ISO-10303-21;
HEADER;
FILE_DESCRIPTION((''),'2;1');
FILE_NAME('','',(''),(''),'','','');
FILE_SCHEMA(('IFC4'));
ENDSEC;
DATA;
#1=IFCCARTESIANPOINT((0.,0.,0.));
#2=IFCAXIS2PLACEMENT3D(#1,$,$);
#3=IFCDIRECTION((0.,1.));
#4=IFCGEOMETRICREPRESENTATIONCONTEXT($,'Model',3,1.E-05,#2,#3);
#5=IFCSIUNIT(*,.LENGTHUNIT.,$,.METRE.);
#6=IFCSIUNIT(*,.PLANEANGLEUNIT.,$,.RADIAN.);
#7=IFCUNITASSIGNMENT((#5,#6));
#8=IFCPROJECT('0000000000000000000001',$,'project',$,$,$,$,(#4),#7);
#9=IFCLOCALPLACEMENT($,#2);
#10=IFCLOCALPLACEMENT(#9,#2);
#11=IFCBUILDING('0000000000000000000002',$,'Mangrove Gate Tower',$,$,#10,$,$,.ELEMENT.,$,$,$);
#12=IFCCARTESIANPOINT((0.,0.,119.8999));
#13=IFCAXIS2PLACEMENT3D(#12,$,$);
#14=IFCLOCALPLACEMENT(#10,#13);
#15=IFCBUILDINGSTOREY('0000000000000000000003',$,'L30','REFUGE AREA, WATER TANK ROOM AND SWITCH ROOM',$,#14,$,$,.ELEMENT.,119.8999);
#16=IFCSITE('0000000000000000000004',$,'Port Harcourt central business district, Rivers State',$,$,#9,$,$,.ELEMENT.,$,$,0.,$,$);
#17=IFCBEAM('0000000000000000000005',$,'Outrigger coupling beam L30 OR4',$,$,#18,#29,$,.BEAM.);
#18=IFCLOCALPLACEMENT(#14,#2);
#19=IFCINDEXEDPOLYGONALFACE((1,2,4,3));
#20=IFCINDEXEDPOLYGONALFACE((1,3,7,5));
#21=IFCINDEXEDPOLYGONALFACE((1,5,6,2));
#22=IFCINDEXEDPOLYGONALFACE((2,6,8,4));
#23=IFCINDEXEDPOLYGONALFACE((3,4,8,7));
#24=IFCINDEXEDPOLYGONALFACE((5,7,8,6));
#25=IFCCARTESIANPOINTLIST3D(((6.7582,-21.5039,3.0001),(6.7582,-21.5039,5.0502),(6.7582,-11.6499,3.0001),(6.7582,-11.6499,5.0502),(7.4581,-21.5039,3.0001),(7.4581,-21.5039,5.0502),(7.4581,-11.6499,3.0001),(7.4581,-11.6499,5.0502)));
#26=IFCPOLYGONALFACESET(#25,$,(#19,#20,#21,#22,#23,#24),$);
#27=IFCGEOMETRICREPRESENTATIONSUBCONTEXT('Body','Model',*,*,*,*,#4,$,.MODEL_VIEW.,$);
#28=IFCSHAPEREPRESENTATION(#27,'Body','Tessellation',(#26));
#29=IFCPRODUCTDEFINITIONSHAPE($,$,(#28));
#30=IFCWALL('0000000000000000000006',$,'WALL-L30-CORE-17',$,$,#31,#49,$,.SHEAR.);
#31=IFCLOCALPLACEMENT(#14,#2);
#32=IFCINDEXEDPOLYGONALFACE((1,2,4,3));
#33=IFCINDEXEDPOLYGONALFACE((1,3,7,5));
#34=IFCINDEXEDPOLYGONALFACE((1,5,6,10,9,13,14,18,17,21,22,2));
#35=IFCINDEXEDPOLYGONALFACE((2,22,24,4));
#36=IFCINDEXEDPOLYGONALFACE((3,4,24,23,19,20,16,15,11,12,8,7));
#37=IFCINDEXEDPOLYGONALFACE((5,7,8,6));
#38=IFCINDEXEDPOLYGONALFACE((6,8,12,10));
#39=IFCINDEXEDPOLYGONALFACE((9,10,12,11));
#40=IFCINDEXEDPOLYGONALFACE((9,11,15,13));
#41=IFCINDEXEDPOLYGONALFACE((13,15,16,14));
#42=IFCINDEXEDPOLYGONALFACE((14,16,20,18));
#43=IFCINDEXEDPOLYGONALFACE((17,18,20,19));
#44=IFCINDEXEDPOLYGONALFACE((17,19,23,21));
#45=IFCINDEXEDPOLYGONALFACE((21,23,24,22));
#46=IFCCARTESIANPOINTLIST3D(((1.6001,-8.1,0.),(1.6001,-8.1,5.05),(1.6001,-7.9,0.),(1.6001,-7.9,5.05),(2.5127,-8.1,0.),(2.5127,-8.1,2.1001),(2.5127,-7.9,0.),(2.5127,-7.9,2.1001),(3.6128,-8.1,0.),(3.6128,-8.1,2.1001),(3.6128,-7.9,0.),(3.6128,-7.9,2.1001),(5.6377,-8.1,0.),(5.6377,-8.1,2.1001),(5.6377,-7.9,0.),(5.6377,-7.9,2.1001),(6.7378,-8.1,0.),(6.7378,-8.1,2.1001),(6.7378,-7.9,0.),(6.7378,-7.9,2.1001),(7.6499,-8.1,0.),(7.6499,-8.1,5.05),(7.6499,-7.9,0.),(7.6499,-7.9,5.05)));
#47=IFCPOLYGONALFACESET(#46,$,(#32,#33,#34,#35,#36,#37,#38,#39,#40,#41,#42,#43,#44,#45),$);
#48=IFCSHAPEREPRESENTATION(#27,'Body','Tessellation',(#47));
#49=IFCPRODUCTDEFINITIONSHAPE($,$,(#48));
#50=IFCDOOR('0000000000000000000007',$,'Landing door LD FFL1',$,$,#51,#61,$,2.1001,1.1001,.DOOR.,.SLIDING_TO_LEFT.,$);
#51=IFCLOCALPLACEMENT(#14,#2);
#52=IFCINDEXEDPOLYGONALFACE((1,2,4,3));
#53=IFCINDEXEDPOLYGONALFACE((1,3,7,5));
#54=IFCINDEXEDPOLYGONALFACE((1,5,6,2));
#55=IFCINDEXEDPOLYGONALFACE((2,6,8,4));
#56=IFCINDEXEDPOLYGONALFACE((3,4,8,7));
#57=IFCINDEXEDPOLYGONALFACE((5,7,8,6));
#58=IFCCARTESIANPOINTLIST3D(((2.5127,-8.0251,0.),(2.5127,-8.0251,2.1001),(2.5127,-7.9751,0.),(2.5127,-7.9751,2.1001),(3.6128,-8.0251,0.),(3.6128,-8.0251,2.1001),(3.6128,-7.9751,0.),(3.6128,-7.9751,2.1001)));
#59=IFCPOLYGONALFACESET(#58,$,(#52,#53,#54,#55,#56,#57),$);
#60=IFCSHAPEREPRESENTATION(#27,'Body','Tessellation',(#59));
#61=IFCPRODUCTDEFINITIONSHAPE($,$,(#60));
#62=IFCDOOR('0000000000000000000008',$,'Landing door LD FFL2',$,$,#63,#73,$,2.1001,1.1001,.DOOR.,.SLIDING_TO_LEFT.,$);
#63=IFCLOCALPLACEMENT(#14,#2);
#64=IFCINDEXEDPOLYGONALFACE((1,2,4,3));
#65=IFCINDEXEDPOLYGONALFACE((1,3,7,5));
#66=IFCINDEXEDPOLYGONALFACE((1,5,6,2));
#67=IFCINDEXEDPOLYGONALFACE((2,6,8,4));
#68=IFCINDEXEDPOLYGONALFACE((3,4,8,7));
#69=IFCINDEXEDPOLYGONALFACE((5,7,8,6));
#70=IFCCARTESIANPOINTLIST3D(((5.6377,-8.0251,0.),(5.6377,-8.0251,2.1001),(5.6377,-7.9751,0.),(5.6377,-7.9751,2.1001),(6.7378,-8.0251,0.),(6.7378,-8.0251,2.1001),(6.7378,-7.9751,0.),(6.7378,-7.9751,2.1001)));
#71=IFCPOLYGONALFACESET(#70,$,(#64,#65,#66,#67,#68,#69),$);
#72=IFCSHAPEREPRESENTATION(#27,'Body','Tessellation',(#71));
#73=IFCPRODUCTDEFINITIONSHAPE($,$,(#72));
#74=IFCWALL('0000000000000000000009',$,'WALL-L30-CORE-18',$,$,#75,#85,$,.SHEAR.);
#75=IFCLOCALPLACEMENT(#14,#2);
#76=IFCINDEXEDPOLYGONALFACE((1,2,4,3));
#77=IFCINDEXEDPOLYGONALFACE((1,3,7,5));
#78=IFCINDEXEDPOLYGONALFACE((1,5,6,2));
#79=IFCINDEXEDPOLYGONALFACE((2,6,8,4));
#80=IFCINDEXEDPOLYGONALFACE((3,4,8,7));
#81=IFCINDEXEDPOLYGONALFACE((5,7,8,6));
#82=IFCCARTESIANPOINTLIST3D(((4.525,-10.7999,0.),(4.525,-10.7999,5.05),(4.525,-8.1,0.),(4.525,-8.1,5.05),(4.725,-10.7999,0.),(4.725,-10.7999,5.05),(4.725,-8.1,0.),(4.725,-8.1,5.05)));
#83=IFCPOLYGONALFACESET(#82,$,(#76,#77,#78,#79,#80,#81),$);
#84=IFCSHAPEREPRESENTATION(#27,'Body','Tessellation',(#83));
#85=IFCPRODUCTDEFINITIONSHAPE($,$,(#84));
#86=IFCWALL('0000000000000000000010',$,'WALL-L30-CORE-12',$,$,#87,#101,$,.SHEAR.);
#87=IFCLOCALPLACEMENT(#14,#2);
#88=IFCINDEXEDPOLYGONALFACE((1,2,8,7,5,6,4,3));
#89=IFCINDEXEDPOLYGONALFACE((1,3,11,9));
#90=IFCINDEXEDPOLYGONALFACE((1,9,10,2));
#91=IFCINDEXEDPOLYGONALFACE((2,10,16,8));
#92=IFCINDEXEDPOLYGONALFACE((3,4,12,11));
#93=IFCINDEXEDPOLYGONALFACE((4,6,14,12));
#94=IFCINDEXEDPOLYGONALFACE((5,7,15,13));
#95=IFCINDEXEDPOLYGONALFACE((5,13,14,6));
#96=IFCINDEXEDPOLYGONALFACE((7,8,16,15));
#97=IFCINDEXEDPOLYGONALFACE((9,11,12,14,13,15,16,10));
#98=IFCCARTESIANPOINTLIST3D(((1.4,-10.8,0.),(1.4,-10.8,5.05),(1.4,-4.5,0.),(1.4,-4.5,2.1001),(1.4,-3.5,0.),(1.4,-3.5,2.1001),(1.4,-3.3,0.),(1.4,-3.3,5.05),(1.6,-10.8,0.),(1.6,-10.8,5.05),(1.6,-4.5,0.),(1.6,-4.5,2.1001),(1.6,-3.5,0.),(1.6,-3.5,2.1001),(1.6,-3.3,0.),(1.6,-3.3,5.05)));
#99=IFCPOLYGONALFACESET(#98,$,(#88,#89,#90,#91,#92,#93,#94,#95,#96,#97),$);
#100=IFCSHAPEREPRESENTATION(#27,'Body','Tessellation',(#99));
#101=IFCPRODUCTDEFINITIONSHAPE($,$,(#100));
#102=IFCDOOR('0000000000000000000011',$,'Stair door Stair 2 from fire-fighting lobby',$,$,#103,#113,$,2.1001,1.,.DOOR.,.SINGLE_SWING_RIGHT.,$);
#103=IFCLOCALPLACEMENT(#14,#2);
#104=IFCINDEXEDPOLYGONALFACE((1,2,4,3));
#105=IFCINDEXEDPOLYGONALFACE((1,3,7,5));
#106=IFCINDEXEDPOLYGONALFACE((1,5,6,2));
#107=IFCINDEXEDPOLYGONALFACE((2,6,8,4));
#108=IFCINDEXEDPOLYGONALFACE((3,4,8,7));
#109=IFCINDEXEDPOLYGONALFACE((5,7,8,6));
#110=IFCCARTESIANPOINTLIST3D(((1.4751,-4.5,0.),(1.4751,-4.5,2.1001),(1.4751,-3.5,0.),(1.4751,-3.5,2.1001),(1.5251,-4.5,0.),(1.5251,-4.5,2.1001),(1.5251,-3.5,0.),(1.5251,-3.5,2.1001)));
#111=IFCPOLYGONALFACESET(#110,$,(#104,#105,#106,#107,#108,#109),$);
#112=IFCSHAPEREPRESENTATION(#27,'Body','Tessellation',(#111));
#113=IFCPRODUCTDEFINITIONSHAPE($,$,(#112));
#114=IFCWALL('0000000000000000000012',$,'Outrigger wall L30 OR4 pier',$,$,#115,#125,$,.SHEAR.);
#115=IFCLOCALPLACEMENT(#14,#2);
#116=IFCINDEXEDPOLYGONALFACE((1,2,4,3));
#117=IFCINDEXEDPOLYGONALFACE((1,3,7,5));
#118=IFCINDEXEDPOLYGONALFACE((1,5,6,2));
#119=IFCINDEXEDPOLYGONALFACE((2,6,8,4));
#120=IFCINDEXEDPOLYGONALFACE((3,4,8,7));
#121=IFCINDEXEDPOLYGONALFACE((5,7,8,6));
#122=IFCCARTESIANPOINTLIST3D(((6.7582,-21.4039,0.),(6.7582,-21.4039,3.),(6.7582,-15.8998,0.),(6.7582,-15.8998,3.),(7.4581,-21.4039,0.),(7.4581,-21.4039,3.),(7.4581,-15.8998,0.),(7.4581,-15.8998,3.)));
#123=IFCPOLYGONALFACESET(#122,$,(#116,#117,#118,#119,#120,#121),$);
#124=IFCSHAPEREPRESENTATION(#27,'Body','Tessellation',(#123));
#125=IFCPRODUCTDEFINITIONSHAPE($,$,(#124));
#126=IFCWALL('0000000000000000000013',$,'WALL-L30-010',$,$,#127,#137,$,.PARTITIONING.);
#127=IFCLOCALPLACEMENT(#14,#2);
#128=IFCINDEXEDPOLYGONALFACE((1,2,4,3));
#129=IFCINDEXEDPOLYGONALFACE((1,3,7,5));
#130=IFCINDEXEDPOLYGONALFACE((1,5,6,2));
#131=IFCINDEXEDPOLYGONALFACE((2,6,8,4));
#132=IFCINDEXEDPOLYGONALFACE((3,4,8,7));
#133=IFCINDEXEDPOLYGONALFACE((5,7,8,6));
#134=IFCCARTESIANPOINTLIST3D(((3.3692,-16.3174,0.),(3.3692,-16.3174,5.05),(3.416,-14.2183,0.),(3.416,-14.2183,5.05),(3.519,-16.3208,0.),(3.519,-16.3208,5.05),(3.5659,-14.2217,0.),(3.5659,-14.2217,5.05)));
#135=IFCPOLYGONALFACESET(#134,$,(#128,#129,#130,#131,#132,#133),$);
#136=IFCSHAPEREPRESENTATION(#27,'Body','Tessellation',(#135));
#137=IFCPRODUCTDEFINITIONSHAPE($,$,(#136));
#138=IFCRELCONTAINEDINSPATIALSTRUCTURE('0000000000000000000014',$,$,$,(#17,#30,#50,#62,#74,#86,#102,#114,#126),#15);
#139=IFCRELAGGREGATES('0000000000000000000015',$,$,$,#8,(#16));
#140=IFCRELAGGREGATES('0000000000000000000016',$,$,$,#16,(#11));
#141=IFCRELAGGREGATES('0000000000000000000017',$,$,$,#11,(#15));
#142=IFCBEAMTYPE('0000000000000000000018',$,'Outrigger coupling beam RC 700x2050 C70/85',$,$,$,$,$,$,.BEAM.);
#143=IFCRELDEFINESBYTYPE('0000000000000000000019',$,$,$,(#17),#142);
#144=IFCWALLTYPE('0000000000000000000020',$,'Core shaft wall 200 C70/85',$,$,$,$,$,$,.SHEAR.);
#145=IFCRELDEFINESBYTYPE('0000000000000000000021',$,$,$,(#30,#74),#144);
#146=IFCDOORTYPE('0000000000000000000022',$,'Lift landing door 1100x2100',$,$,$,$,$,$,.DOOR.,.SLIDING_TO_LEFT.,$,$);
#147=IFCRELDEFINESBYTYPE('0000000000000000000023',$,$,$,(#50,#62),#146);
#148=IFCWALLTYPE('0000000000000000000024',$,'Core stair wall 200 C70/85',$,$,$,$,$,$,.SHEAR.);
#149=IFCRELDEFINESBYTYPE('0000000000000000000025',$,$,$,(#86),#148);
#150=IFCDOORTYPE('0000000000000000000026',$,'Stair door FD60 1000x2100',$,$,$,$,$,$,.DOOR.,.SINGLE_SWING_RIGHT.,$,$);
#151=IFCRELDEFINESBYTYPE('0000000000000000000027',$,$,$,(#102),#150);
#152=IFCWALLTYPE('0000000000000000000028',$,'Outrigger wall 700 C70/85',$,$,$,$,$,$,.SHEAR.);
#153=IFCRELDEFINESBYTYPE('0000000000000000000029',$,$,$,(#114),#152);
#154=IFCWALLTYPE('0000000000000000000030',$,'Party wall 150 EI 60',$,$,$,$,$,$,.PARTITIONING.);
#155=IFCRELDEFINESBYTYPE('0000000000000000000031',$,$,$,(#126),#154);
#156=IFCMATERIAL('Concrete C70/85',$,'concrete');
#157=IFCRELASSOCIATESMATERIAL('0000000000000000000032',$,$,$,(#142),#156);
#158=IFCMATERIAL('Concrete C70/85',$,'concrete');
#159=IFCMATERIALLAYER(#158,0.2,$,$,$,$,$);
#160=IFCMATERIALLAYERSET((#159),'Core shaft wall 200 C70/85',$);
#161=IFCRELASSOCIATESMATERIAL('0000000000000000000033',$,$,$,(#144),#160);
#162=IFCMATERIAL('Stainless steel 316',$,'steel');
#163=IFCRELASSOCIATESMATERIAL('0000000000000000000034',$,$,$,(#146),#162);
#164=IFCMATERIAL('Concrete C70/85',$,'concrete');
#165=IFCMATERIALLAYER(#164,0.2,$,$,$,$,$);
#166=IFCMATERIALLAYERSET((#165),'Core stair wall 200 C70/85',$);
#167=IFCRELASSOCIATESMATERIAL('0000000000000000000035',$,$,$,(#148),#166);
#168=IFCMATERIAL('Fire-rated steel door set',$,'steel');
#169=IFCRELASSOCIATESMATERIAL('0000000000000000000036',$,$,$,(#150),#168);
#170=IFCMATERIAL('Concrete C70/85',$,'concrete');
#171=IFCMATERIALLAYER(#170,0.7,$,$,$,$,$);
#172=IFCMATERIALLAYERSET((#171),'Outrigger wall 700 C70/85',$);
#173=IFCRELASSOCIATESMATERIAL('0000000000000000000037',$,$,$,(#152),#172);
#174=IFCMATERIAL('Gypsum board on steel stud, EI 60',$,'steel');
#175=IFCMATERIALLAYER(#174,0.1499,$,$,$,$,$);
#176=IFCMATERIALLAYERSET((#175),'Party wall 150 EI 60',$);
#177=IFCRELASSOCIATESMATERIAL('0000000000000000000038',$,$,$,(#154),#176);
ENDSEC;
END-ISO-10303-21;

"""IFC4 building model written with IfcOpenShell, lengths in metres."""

from ifc_helpers import new_model, si_unit, direction, frame, frame_2d, origin, origin_2d, place, context, subcontext, project, spatial, rectangle, extrude, material, layer, layer_set, material_profile, profile_set, type_object, element, fill, save


model = new_model("IFC4")

# Units and contexts
model_context = context("Model", 3, precision=1e-05, world=origin(), true_north=direction((0.0, 1.0)))
body_context = subcontext(model_context, "Body", "Model", "MODEL_VIEW")
ifc_project = project(units=[si_unit("LENGTHUNIT", "METRE"), si_unit("PLANEANGLEUNIT", "RADIAN")], contexts=[model_context])

# Site, building, storey
site_placement = place(None, origin())
site = spatial("IfcSite", under=ifc_project, at=site_placement, Name="Port Harcourt central business district, Rivers State", CompositionType="ELEMENT", RefElevation=0.0)
building_placement = place(site_placement, origin())
building = spatial("IfcBuilding", under=site, at=building_placement, Name="Mangrove Gate Tower", CompositionType="ELEMENT")
storey_placement = place(building_placement, frame((0.0, 0.0, 119.8999)))
storey = spatial("IfcBuildingStorey", under=building, at=storey_placement, Name="L30", Description="REFUGE AREA, WATER TANK ROOM AND SWITCH ROOM", CompositionType="ELEMENT", Elevation=119.8999)

# Beam
ifc_material_1 = material(Name="Concrete C70/85", Category="concrete")
ifc_material_profile = material_profile(ifc_material_1, rectangle(XDim=0.7, YDim=2.05, at=origin_2d()))
ifc_profile_set = profile_set([ifc_material_profile], Name="Concrete C70/85")
beam_type = type_object("IfcBeamType", Name="Outrigger coupling beam RC 700x2050 C70/85", PredefinedType="BEAM", material=ifc_profile_set)
beam_placement = place(storey_placement, frame((7.1082, -11.6499, 4.0251), z_axis=(0.0, -1.0, 0.0), x_axis=(1.0, 0.0, 0.0)))
element("IfcBeam", 1, at=beam_placement, inside=storey, type_object=beam_type, Name="Outrigger coupling beam L30 OR4", PredefinedType="BEAM", context=body_context, shape_type="SweptSolid", body=[
    extrude(rectangle(XDim=0.7, YDim=2.05, at=origin_2d()), origin(), (0.0, 0.0, 1.0), 9.854),
])

# Wall, openings, doors
ifc_material_2 = material(Name="Concrete C70/85", Category="concrete")
ifc_layer_1 = layer(ifc_material_2, 0.2)
ifc_layer_set_1 = layer_set([ifc_layer_1], Name="Core shaft wall 200 C70/85")
wall_type_1 = type_object("IfcWallType", Name="Core shaft wall 200 C70/85", PredefinedType="SHEAR", material=ifc_layer_set_1)
wall_1_placement = place(storey_placement, frame((1.6001, -8.0, 0.0), z_axis=(0.0, 0.0, 1.0), x_axis=(1.0, 0.0, 0.0)))
wall_1 = element("IfcWall", 2, at=wall_1_placement, inside=storey, type_object=wall_type_1, Name="WALL-L30-CORE-17", PredefinedType="SHEAR", context=body_context, shape_type="SweptSolid", body=[
    extrude(rectangle(XDim=6.0498, YDim=0.2, at=frame_2d((3.0249, 0.0))), origin(), (0.0, 0.0, 1.0), 5.05),
])
opening_1_placement = place(wall_1_placement, frame((0.9126, 0.0, 0.0)))
opening_1 = element("IfcOpeningElement", 3, at=opening_1_placement, cuts=wall_1, PredefinedType="OPENING", context=body_context, shape_type="SweptSolid", body=[
    extrude(rectangle(XDim=1.1001, YDim=2.1001, at=frame_2d((0.55, 1.05))), frame((0.0, 0.1099, 0.0), z_axis=(0.0, -1.0, 0.0), x_axis=(1.0, 0.0, 0.0)), (0.0, 0.0, 1.0), 0.22),
])
opening_2_placement = place(wall_1_placement, frame((4.0376, 0.0, 0.0)))
opening_2 = element("IfcOpeningElement", 4, at=opening_2_placement, cuts=wall_1, PredefinedType="OPENING", context=body_context, shape_type="SweptSolid", body=[
    extrude(rectangle(XDim=1.1001, YDim=2.1001, at=frame_2d((0.55, 1.05))), frame((0.0, 0.1099, 0.0), z_axis=(0.0, -1.0, 0.0), x_axis=(1.0, 0.0, 0.0)), (0.0, 0.0, 1.0), 0.22),
])
ifc_material_3 = material(Name="Stainless steel 316", Category="steel")
door_type_1 = type_object("IfcDoorType", Name="Lift landing door 1100x2100", OperationType="SLIDING_TO_LEFT", PredefinedType="DOOR", material=ifc_material_3)
door_1_placement = place(opening_1_placement, origin())
door_1 = element("IfcDoor", 5, at=door_1_placement, inside=storey, type_object=door_type_1, Name="Landing door LD FFL1", OperationType="SLIDING_TO_LEFT", OverallHeight=2.1001, OverallWidth=1.1001, PredefinedType="DOOR", context=body_context, shape_type="SweptSolid", body=[
    extrude(rectangle(XDim=1.1001, YDim=2.1001, at=frame_2d((0.55, 1.05))), frame((0.0, 0.0249, 0.0), z_axis=(0.0, -1.0, 0.0), x_axis=(1.0, 0.0, 0.0)), (0.0, 0.0, 1.0), 0.05),
])
fill(opening_1, door_1)
door_2_placement = place(opening_2_placement, origin())
door_2 = element("IfcDoor", 6, at=door_2_placement, inside=storey, type_object=door_type_1, Name="Landing door LD FFL2", OperationType="SLIDING_TO_LEFT", OverallHeight=2.1001, OverallWidth=1.1001, PredefinedType="DOOR", context=body_context, shape_type="SweptSolid", body=[
    extrude(rectangle(XDim=1.1001, YDim=2.1001, at=frame_2d((0.55, 1.05))), frame((0.0, 0.0249, 0.0), z_axis=(0.0, -1.0, 0.0), x_axis=(1.0, 0.0, 0.0)), (0.0, 0.0, 1.0), 0.05),
])
fill(opening_2, door_2)

# Wall
wall_2_placement = place(storey_placement, frame((4.625, -10.8, 0.0), z_axis=(0.0, 0.0, 1.0), x_axis=(0.0, 1.0, 0.0)))
element("IfcWall", 7, at=wall_2_placement, inside=storey, type_object=wall_type_1, Name="WALL-L30-CORE-18", PredefinedType="SHEAR", context=body_context, shape_type="SweptSolid", body=[
    extrude(rectangle(XDim=2.7, YDim=0.2, at=frame_2d((1.3501, 0.0))), origin(), (0.0, 0.0, 1.0), 5.05),
])

# Wall, opening, door
ifc_material_4 = material(Name="Concrete C70/85", Category="concrete")
ifc_layer_2 = layer(ifc_material_4, 0.2)
ifc_layer_set_2 = layer_set([ifc_layer_2], Name="Core stair wall 200 C70/85")
wall_type_2 = type_object("IfcWallType", Name="Core stair wall 200 C70/85", PredefinedType="SHEAR", material=ifc_layer_set_2)
wall_3_placement = place(storey_placement, frame((1.5, -10.8, 0.0), z_axis=(0.0, 0.0, 1.0), x_axis=(0.0, 1.0, 0.0)))
wall_3 = element("IfcWall", 8, at=wall_3_placement, inside=storey, type_object=wall_type_2, Name="WALL-L30-CORE-12", PredefinedType="SHEAR", context=body_context, shape_type="SweptSolid", body=[
    extrude(rectangle(XDim=7.5, YDim=0.2, at=frame_2d((3.75, 0.0))), origin(), (0.0, 0.0, 1.0), 5.05),
])
opening_3_placement = place(wall_3_placement, frame((6.3, 0.0, 0.0)))
opening_3 = element("IfcOpeningElement", 9, at=opening_3_placement, cuts=wall_3, PredefinedType="OPENING", context=body_context, shape_type="SweptSolid", body=[
    extrude(rectangle(XDim=1.0, YDim=2.1001, at=frame_2d((0.5, 1.05))), frame((0.0, 0.1099, 0.0), z_axis=(0.0, -1.0, 0.0), x_axis=(1.0, 0.0, 0.0)), (0.0, 0.0, 1.0), 0.22),
])
ifc_material_5 = material(Name="Fire-rated steel door set", Category="steel")
door_type_2 = type_object("IfcDoorType", Name="Stair door FD60 1000x2100", OperationType="SINGLE_SWING_RIGHT", PredefinedType="DOOR", material=ifc_material_5)
door_3_placement = place(opening_3_placement, origin())
door_3 = element("IfcDoor", 10, at=door_3_placement, inside=storey, type_object=door_type_2, Name="Stair door Stair 2 from fire-fighting lobby", OperationType="SINGLE_SWING_RIGHT", OverallHeight=2.1001, OverallWidth=1.0, PredefinedType="DOOR", context=body_context, shape_type="SweptSolid", body=[
    extrude(rectangle(XDim=1.0, YDim=2.1001, at=frame_2d((0.5, 1.05))), frame((0.0, 0.0249, 0.0), z_axis=(0.0, -1.0, 0.0), x_axis=(1.0, 0.0, 0.0)), (0.0, 0.0, 1.0), 0.05),
])
fill(opening_3, door_3)

# Walls
ifc_material_6 = material(Name="Concrete C70/85", Category="concrete")
ifc_layer_3 = layer(ifc_material_6, 0.7)
ifc_layer_set_3 = layer_set([ifc_layer_3], Name="Outrigger wall 700 C70/85")
wall_type_3 = type_object("IfcWallType", Name="Outrigger wall 700 C70/85", PredefinedType="SHEAR", material=ifc_layer_set_3)
wall_4_placement = place(storey_placement, frame((7.1082, -15.8999, 0.0), z_axis=(0.0, 0.0, 1.0), x_axis=(0.0, -1.0, 0.0)))
element("IfcWall", 11, at=wall_4_placement, inside=storey, type_object=wall_type_3, Name="Outrigger wall L30 OR4 pier", PredefinedType="SHEAR", context=body_context, shape_type="SweptSolid", body=[
    extrude(rectangle(XDim=5.5042, YDim=0.7, at=frame_2d((2.752, 0.0))), origin(), (0.0, 0.0, 1.0), 3.0),
])
ifc_material_7 = material(Name="Gypsum board on steel stud, EI 60", Category="steel")
ifc_layer_4 = layer(ifc_material_7, 0.1499)
ifc_layer_set_4 = layer_set([ifc_layer_4], Name="Party wall 150 EI 60")
wall_type_4 = type_object("IfcWallType", Name="Party wall 150 EI 60", PredefinedType="PARTITIONING", material=ifc_layer_set_4)
wall_5_placement = place(storey_placement, frame((3.4441, -16.3191, 0.0), z_axis=(0.0, 0.0, 1.0), x_axis=(0.022325, 0.999751, 0.0)))
element("IfcWall", 12, at=wall_5_placement, inside=storey, type_object=wall_type_4, Name="WALL-L30-010", PredefinedType="PARTITIONING", context=body_context, shape_type="SweptSolid", body=[
    extrude(rectangle(XDim=2.0996, YDim=0.1499, at=frame_2d((1.0498, 0.0))), origin(), (0.0, 0.0, 1.0), 5.05),
])

save(model, "model.ifc")
